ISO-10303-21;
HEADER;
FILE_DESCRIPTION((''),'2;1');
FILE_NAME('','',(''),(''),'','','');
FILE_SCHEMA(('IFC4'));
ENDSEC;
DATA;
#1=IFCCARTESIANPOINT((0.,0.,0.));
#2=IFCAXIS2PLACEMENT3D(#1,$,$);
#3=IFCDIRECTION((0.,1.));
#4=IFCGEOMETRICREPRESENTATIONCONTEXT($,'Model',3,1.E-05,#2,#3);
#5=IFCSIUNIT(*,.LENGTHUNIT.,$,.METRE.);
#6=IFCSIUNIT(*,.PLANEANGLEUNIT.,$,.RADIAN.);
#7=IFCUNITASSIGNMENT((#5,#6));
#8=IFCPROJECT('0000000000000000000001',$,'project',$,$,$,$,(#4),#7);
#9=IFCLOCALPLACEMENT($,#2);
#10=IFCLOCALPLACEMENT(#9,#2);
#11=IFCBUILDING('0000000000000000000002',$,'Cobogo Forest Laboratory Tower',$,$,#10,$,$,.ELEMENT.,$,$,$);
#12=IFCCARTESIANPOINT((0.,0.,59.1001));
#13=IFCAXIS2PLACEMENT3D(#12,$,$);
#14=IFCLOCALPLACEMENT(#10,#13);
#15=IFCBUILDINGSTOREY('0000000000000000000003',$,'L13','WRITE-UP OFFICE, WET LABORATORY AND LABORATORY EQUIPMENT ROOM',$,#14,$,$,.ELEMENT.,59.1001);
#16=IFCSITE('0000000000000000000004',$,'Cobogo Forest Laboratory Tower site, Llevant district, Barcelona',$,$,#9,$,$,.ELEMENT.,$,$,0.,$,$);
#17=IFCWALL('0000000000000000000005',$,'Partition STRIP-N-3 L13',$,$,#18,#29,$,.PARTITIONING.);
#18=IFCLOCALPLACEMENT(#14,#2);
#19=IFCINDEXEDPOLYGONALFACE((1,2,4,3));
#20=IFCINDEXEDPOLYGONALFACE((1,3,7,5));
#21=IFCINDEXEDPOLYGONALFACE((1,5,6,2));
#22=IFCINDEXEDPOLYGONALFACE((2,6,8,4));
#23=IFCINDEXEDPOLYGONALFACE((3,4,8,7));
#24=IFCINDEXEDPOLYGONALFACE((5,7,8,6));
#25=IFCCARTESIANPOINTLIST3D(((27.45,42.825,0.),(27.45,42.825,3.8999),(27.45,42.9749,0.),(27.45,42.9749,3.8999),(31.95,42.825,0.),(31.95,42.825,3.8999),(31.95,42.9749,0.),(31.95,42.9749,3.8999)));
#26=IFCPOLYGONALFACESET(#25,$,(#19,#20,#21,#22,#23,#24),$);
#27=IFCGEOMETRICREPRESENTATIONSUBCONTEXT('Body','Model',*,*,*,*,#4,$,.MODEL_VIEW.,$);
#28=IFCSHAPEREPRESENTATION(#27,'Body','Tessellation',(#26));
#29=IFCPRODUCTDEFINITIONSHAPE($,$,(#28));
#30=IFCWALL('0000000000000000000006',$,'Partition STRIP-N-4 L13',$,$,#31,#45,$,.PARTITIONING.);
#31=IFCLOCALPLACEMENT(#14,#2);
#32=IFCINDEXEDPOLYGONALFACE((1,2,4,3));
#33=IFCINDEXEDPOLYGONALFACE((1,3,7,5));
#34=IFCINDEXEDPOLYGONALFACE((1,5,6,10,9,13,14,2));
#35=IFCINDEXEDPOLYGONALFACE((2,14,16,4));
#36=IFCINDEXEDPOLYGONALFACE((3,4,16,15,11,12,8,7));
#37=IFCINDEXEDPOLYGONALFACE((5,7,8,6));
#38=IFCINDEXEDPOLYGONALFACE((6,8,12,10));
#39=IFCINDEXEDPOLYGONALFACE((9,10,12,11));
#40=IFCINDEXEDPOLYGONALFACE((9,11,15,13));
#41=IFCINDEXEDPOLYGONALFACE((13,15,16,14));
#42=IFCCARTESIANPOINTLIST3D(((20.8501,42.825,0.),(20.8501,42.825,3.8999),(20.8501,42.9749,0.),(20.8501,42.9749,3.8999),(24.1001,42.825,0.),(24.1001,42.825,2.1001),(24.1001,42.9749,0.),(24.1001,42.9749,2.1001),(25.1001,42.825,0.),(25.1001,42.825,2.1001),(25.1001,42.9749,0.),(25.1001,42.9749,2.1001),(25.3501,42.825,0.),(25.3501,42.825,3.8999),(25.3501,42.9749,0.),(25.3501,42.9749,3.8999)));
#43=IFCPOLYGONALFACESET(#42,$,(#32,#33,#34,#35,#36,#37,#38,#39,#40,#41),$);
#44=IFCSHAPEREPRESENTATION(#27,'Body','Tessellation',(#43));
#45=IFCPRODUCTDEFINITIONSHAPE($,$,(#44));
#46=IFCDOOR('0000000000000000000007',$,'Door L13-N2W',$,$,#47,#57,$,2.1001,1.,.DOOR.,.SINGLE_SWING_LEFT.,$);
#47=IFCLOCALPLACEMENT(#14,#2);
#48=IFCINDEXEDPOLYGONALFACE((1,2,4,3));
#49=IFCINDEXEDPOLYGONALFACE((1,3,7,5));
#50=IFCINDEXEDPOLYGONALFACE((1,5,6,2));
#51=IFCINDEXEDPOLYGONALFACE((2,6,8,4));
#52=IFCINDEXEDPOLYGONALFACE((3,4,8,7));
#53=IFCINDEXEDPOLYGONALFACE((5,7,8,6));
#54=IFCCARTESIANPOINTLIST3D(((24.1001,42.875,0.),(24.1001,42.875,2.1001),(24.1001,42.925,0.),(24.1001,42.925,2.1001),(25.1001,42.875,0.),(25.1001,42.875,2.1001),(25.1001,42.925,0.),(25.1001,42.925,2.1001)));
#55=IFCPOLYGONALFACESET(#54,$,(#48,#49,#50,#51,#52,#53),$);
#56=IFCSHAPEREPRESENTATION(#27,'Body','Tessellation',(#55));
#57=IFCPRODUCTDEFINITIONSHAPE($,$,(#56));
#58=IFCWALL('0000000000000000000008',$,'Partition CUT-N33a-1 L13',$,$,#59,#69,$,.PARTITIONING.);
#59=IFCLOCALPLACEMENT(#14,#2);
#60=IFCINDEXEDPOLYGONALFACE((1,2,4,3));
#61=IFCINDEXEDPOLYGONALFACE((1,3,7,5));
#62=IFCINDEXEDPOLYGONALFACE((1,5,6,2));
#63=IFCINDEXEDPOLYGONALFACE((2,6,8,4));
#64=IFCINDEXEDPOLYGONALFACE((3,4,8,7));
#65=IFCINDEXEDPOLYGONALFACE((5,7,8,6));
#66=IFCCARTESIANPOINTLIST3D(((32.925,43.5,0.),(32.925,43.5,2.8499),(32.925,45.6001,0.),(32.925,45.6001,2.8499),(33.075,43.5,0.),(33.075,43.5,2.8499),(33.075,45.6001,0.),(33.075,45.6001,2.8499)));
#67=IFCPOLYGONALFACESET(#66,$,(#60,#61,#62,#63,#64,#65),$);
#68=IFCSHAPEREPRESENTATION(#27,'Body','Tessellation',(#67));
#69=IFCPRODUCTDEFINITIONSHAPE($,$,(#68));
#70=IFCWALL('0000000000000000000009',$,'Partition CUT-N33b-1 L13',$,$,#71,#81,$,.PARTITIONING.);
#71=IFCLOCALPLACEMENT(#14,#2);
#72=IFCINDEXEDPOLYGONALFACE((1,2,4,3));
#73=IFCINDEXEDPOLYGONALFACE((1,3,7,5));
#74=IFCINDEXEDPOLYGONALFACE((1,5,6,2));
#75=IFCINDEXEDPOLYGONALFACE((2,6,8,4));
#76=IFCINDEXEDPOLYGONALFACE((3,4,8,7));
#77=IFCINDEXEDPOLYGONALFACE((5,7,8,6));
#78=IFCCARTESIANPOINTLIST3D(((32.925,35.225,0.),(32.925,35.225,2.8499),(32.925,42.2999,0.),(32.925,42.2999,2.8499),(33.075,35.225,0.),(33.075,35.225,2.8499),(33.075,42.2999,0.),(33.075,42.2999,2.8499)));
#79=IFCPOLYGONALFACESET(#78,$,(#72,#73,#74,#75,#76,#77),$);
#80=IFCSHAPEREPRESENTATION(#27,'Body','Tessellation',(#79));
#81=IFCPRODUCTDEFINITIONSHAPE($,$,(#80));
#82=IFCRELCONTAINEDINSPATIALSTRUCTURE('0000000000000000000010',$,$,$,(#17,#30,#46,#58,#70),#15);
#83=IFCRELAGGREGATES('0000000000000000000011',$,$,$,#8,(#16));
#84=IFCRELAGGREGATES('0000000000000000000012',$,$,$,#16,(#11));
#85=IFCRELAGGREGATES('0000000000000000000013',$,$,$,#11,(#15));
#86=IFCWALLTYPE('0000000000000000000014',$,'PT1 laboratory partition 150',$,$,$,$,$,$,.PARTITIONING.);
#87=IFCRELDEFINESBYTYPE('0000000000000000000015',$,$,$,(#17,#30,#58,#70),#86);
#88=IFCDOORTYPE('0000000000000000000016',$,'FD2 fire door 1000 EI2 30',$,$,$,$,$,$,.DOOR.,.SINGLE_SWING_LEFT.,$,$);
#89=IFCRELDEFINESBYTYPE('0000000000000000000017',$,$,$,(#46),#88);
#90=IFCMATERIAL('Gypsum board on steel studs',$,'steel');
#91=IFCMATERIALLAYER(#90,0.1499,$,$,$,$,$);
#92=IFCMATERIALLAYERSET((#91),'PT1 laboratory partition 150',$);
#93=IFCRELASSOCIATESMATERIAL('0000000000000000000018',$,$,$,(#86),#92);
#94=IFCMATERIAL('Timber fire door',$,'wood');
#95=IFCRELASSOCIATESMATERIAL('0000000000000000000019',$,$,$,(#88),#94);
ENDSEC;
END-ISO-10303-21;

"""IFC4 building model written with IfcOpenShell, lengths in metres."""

from ifc_helpers import new_model, si_unit, direction, frame, frame_2d, origin, place, context, subcontext, project, spatial, rectangle, extrude, material, layer, layer_set, type_object, element, fill, save


model = new_model("IFC4")

# Units and contexts
model_context = context("Model", 3, precision=1e-05, world=origin(), true_north=direction((0.0, 1.0)))
body_context = subcontext(model_context, "Body", "Model", "MODEL_VIEW")
ifc_project = project(units=[si_unit("LENGTHUNIT", "METRE"), si_unit("PLANEANGLEUNIT", "RADIAN")], contexts=[model_context])

# Site, building, storey
site_placement = place(None, origin())
site = spatial("IfcSite", under=ifc_project, at=site_placement, Name="Cobogo Forest Laboratory Tower site, Llevant district, Barcelona", CompositionType="ELEMENT", RefElevation=0.0)
building_placement = place(site_placement, origin())
building = spatial("IfcBuilding", under=site, at=building_placement, Name="Cobogo Forest Laboratory Tower", CompositionType="ELEMENT")
storey_placement = place(building_placement, frame((0.0, 0.0, 59.1001)))
storey = spatial("IfcBuildingStorey", under=building, at=storey_placement, Name="L13", Description="WRITE-UP OFFICE, WET LABORATORY AND LABORATORY EQUIPMENT ROOM", CompositionType="ELEMENT", Elevation=59.1001)

# Shared definitions
ifc_material_1 = material(Name="Gypsum board on steel studs", Category="steel")
ifc_layer_1 = layer(ifc_material_1, 0.1499)
ifc_layer_set_1 = layer_set([ifc_layer_1], Name="PT1 laboratory partition 150")
wall_type_1 = type_object("IfcWallType", Name="PT1 laboratory partition 150", PredefinedType="PARTITIONING", material=ifc_layer_set_1)

# Shared definitions
ifc_material_2 = material(Name="Timber fire door", Category="wood")
door_type = type_object("IfcDoorType", Name="FD2 fire door 1000 EI2 30", OperationType="SINGLE_SWING_LEFT", PredefinedType="DOOR", material=ifc_material_2)

# Wall
wall_1_placement = place(storey_placement, frame((31.95, 42.8999, 0.0), z_axis=(0.0, 0.0, 1.0), x_axis=(-1.0, 0.0, 0.0)))
element("IfcWall", 1, at=wall_1_placement, inside=storey, type_object=wall_type_1, Name="Partition STRIP-N-3 L13", PredefinedType="PARTITIONING", context=body_context, shape_type="SweptSolid", body=[
    extrude(rectangle(XDim=4.5, YDim=0.1499, at=frame_2d((2.25, 0.0))), origin(), (0.0, 0.0, 1.0), 3.8999),
])

# Wall, opening, door
wall_2_placement = place(storey_placement, frame((25.3501, 42.8999, 0.0), z_axis=(0.0, 0.0, 1.0), x_axis=(-1.0, 0.0, 0.0)))
wall_2 = element("IfcWall", 2, at=wall_2_placement, inside=storey, type_object=wall_type_1, Name="Partition STRIP-N-4 L13", PredefinedType="PARTITIONING", context=body_context, shape_type="SweptSolid", body=[
    extrude(rectangle(XDim=4.5, YDim=0.1499, at=frame_2d((2.25, 0.0))), origin(), (0.0, 0.0, 1.0), 3.8999),
])
opening_1_placement = place(wall_2_placement, frame((0.25, 0.0, 0.0)))
opening_1 = element("IfcOpeningElement", 3, at=opening_1_placement, cuts=wall_2, PredefinedType="OPENING", context=body_context, shape_type="SweptSolid", body=[
    extrude(rectangle(XDim=1.0, YDim=2.1001, at=frame_2d((0.5, 1.05))), frame((0.0, 0.085, 0.0), z_axis=(0.0, -1.0, 0.0), x_axis=(1.0, 0.0, 0.0)), (0.0, 0.0, 1.0), 0.1699),
])
door_1_placement = place(opening_1_placement, origin())
door_1 = element("IfcDoor", 4, at=door_1_placement, inside=storey, type_object=door_type, Name="Door L13-N2W", OperationType="SINGLE_SWING_LEFT", OverallHeight=2.1001, OverallWidth=1.0, PredefinedType="DOOR", context=body_context, shape_type="SweptSolid", body=[
    extrude(rectangle(XDim=1.0, YDim=2.1001, at=frame_2d((0.5, 1.05))), frame((0.0, 0.0249, 0.0), z_axis=(0.0, -1.0, 0.0), x_axis=(1.0, 0.0, 0.0)), (0.0, 0.0, 1.0), 0.05),
])
fill(opening_1, door_1)

# Walls
wall_3_placement = place(storey_placement, frame((33.0, 45.6001, 0.0), z_axis=(0.0, 0.0, 1.0), x_axis=(0.0, -1.0, 0.0)))
element("IfcWall", 5, at=wall_3_placement, inside=storey, type_object=wall_type_1, Name="Partition CUT-N33a-1 L13", PredefinedType="PARTITIONING", context=body_context, shape_type="SweptSolid", body=[
    extrude(rectangle(XDim=2.1001, YDim=0.1499, at=frame_2d((1.05, 0.0))), origin(), (0.0, 0.0, 1.0), 2.8499),
])
wall_4_placement = place(storey_placement, frame((33.0, 42.3, 0.0), z_axis=(0.0, 0.0, 1.0), x_axis=(0.0, -1.0, 0.0)))
element("IfcWall", 6, at=wall_4_placement, inside=storey, type_object=wall_type_1, Name="Partition CUT-N33b-1 L13", PredefinedType="PARTITIONING", context=body_context, shape_type="SweptSolid", body=[
    extrude(rectangle(XDim=7.075, YDim=0.1499, at=frame_2d((3.5376, 0.0))), origin(), (0.0, 0.0, 1.0), 2.8499),
])

save(model, "model.ifc")
